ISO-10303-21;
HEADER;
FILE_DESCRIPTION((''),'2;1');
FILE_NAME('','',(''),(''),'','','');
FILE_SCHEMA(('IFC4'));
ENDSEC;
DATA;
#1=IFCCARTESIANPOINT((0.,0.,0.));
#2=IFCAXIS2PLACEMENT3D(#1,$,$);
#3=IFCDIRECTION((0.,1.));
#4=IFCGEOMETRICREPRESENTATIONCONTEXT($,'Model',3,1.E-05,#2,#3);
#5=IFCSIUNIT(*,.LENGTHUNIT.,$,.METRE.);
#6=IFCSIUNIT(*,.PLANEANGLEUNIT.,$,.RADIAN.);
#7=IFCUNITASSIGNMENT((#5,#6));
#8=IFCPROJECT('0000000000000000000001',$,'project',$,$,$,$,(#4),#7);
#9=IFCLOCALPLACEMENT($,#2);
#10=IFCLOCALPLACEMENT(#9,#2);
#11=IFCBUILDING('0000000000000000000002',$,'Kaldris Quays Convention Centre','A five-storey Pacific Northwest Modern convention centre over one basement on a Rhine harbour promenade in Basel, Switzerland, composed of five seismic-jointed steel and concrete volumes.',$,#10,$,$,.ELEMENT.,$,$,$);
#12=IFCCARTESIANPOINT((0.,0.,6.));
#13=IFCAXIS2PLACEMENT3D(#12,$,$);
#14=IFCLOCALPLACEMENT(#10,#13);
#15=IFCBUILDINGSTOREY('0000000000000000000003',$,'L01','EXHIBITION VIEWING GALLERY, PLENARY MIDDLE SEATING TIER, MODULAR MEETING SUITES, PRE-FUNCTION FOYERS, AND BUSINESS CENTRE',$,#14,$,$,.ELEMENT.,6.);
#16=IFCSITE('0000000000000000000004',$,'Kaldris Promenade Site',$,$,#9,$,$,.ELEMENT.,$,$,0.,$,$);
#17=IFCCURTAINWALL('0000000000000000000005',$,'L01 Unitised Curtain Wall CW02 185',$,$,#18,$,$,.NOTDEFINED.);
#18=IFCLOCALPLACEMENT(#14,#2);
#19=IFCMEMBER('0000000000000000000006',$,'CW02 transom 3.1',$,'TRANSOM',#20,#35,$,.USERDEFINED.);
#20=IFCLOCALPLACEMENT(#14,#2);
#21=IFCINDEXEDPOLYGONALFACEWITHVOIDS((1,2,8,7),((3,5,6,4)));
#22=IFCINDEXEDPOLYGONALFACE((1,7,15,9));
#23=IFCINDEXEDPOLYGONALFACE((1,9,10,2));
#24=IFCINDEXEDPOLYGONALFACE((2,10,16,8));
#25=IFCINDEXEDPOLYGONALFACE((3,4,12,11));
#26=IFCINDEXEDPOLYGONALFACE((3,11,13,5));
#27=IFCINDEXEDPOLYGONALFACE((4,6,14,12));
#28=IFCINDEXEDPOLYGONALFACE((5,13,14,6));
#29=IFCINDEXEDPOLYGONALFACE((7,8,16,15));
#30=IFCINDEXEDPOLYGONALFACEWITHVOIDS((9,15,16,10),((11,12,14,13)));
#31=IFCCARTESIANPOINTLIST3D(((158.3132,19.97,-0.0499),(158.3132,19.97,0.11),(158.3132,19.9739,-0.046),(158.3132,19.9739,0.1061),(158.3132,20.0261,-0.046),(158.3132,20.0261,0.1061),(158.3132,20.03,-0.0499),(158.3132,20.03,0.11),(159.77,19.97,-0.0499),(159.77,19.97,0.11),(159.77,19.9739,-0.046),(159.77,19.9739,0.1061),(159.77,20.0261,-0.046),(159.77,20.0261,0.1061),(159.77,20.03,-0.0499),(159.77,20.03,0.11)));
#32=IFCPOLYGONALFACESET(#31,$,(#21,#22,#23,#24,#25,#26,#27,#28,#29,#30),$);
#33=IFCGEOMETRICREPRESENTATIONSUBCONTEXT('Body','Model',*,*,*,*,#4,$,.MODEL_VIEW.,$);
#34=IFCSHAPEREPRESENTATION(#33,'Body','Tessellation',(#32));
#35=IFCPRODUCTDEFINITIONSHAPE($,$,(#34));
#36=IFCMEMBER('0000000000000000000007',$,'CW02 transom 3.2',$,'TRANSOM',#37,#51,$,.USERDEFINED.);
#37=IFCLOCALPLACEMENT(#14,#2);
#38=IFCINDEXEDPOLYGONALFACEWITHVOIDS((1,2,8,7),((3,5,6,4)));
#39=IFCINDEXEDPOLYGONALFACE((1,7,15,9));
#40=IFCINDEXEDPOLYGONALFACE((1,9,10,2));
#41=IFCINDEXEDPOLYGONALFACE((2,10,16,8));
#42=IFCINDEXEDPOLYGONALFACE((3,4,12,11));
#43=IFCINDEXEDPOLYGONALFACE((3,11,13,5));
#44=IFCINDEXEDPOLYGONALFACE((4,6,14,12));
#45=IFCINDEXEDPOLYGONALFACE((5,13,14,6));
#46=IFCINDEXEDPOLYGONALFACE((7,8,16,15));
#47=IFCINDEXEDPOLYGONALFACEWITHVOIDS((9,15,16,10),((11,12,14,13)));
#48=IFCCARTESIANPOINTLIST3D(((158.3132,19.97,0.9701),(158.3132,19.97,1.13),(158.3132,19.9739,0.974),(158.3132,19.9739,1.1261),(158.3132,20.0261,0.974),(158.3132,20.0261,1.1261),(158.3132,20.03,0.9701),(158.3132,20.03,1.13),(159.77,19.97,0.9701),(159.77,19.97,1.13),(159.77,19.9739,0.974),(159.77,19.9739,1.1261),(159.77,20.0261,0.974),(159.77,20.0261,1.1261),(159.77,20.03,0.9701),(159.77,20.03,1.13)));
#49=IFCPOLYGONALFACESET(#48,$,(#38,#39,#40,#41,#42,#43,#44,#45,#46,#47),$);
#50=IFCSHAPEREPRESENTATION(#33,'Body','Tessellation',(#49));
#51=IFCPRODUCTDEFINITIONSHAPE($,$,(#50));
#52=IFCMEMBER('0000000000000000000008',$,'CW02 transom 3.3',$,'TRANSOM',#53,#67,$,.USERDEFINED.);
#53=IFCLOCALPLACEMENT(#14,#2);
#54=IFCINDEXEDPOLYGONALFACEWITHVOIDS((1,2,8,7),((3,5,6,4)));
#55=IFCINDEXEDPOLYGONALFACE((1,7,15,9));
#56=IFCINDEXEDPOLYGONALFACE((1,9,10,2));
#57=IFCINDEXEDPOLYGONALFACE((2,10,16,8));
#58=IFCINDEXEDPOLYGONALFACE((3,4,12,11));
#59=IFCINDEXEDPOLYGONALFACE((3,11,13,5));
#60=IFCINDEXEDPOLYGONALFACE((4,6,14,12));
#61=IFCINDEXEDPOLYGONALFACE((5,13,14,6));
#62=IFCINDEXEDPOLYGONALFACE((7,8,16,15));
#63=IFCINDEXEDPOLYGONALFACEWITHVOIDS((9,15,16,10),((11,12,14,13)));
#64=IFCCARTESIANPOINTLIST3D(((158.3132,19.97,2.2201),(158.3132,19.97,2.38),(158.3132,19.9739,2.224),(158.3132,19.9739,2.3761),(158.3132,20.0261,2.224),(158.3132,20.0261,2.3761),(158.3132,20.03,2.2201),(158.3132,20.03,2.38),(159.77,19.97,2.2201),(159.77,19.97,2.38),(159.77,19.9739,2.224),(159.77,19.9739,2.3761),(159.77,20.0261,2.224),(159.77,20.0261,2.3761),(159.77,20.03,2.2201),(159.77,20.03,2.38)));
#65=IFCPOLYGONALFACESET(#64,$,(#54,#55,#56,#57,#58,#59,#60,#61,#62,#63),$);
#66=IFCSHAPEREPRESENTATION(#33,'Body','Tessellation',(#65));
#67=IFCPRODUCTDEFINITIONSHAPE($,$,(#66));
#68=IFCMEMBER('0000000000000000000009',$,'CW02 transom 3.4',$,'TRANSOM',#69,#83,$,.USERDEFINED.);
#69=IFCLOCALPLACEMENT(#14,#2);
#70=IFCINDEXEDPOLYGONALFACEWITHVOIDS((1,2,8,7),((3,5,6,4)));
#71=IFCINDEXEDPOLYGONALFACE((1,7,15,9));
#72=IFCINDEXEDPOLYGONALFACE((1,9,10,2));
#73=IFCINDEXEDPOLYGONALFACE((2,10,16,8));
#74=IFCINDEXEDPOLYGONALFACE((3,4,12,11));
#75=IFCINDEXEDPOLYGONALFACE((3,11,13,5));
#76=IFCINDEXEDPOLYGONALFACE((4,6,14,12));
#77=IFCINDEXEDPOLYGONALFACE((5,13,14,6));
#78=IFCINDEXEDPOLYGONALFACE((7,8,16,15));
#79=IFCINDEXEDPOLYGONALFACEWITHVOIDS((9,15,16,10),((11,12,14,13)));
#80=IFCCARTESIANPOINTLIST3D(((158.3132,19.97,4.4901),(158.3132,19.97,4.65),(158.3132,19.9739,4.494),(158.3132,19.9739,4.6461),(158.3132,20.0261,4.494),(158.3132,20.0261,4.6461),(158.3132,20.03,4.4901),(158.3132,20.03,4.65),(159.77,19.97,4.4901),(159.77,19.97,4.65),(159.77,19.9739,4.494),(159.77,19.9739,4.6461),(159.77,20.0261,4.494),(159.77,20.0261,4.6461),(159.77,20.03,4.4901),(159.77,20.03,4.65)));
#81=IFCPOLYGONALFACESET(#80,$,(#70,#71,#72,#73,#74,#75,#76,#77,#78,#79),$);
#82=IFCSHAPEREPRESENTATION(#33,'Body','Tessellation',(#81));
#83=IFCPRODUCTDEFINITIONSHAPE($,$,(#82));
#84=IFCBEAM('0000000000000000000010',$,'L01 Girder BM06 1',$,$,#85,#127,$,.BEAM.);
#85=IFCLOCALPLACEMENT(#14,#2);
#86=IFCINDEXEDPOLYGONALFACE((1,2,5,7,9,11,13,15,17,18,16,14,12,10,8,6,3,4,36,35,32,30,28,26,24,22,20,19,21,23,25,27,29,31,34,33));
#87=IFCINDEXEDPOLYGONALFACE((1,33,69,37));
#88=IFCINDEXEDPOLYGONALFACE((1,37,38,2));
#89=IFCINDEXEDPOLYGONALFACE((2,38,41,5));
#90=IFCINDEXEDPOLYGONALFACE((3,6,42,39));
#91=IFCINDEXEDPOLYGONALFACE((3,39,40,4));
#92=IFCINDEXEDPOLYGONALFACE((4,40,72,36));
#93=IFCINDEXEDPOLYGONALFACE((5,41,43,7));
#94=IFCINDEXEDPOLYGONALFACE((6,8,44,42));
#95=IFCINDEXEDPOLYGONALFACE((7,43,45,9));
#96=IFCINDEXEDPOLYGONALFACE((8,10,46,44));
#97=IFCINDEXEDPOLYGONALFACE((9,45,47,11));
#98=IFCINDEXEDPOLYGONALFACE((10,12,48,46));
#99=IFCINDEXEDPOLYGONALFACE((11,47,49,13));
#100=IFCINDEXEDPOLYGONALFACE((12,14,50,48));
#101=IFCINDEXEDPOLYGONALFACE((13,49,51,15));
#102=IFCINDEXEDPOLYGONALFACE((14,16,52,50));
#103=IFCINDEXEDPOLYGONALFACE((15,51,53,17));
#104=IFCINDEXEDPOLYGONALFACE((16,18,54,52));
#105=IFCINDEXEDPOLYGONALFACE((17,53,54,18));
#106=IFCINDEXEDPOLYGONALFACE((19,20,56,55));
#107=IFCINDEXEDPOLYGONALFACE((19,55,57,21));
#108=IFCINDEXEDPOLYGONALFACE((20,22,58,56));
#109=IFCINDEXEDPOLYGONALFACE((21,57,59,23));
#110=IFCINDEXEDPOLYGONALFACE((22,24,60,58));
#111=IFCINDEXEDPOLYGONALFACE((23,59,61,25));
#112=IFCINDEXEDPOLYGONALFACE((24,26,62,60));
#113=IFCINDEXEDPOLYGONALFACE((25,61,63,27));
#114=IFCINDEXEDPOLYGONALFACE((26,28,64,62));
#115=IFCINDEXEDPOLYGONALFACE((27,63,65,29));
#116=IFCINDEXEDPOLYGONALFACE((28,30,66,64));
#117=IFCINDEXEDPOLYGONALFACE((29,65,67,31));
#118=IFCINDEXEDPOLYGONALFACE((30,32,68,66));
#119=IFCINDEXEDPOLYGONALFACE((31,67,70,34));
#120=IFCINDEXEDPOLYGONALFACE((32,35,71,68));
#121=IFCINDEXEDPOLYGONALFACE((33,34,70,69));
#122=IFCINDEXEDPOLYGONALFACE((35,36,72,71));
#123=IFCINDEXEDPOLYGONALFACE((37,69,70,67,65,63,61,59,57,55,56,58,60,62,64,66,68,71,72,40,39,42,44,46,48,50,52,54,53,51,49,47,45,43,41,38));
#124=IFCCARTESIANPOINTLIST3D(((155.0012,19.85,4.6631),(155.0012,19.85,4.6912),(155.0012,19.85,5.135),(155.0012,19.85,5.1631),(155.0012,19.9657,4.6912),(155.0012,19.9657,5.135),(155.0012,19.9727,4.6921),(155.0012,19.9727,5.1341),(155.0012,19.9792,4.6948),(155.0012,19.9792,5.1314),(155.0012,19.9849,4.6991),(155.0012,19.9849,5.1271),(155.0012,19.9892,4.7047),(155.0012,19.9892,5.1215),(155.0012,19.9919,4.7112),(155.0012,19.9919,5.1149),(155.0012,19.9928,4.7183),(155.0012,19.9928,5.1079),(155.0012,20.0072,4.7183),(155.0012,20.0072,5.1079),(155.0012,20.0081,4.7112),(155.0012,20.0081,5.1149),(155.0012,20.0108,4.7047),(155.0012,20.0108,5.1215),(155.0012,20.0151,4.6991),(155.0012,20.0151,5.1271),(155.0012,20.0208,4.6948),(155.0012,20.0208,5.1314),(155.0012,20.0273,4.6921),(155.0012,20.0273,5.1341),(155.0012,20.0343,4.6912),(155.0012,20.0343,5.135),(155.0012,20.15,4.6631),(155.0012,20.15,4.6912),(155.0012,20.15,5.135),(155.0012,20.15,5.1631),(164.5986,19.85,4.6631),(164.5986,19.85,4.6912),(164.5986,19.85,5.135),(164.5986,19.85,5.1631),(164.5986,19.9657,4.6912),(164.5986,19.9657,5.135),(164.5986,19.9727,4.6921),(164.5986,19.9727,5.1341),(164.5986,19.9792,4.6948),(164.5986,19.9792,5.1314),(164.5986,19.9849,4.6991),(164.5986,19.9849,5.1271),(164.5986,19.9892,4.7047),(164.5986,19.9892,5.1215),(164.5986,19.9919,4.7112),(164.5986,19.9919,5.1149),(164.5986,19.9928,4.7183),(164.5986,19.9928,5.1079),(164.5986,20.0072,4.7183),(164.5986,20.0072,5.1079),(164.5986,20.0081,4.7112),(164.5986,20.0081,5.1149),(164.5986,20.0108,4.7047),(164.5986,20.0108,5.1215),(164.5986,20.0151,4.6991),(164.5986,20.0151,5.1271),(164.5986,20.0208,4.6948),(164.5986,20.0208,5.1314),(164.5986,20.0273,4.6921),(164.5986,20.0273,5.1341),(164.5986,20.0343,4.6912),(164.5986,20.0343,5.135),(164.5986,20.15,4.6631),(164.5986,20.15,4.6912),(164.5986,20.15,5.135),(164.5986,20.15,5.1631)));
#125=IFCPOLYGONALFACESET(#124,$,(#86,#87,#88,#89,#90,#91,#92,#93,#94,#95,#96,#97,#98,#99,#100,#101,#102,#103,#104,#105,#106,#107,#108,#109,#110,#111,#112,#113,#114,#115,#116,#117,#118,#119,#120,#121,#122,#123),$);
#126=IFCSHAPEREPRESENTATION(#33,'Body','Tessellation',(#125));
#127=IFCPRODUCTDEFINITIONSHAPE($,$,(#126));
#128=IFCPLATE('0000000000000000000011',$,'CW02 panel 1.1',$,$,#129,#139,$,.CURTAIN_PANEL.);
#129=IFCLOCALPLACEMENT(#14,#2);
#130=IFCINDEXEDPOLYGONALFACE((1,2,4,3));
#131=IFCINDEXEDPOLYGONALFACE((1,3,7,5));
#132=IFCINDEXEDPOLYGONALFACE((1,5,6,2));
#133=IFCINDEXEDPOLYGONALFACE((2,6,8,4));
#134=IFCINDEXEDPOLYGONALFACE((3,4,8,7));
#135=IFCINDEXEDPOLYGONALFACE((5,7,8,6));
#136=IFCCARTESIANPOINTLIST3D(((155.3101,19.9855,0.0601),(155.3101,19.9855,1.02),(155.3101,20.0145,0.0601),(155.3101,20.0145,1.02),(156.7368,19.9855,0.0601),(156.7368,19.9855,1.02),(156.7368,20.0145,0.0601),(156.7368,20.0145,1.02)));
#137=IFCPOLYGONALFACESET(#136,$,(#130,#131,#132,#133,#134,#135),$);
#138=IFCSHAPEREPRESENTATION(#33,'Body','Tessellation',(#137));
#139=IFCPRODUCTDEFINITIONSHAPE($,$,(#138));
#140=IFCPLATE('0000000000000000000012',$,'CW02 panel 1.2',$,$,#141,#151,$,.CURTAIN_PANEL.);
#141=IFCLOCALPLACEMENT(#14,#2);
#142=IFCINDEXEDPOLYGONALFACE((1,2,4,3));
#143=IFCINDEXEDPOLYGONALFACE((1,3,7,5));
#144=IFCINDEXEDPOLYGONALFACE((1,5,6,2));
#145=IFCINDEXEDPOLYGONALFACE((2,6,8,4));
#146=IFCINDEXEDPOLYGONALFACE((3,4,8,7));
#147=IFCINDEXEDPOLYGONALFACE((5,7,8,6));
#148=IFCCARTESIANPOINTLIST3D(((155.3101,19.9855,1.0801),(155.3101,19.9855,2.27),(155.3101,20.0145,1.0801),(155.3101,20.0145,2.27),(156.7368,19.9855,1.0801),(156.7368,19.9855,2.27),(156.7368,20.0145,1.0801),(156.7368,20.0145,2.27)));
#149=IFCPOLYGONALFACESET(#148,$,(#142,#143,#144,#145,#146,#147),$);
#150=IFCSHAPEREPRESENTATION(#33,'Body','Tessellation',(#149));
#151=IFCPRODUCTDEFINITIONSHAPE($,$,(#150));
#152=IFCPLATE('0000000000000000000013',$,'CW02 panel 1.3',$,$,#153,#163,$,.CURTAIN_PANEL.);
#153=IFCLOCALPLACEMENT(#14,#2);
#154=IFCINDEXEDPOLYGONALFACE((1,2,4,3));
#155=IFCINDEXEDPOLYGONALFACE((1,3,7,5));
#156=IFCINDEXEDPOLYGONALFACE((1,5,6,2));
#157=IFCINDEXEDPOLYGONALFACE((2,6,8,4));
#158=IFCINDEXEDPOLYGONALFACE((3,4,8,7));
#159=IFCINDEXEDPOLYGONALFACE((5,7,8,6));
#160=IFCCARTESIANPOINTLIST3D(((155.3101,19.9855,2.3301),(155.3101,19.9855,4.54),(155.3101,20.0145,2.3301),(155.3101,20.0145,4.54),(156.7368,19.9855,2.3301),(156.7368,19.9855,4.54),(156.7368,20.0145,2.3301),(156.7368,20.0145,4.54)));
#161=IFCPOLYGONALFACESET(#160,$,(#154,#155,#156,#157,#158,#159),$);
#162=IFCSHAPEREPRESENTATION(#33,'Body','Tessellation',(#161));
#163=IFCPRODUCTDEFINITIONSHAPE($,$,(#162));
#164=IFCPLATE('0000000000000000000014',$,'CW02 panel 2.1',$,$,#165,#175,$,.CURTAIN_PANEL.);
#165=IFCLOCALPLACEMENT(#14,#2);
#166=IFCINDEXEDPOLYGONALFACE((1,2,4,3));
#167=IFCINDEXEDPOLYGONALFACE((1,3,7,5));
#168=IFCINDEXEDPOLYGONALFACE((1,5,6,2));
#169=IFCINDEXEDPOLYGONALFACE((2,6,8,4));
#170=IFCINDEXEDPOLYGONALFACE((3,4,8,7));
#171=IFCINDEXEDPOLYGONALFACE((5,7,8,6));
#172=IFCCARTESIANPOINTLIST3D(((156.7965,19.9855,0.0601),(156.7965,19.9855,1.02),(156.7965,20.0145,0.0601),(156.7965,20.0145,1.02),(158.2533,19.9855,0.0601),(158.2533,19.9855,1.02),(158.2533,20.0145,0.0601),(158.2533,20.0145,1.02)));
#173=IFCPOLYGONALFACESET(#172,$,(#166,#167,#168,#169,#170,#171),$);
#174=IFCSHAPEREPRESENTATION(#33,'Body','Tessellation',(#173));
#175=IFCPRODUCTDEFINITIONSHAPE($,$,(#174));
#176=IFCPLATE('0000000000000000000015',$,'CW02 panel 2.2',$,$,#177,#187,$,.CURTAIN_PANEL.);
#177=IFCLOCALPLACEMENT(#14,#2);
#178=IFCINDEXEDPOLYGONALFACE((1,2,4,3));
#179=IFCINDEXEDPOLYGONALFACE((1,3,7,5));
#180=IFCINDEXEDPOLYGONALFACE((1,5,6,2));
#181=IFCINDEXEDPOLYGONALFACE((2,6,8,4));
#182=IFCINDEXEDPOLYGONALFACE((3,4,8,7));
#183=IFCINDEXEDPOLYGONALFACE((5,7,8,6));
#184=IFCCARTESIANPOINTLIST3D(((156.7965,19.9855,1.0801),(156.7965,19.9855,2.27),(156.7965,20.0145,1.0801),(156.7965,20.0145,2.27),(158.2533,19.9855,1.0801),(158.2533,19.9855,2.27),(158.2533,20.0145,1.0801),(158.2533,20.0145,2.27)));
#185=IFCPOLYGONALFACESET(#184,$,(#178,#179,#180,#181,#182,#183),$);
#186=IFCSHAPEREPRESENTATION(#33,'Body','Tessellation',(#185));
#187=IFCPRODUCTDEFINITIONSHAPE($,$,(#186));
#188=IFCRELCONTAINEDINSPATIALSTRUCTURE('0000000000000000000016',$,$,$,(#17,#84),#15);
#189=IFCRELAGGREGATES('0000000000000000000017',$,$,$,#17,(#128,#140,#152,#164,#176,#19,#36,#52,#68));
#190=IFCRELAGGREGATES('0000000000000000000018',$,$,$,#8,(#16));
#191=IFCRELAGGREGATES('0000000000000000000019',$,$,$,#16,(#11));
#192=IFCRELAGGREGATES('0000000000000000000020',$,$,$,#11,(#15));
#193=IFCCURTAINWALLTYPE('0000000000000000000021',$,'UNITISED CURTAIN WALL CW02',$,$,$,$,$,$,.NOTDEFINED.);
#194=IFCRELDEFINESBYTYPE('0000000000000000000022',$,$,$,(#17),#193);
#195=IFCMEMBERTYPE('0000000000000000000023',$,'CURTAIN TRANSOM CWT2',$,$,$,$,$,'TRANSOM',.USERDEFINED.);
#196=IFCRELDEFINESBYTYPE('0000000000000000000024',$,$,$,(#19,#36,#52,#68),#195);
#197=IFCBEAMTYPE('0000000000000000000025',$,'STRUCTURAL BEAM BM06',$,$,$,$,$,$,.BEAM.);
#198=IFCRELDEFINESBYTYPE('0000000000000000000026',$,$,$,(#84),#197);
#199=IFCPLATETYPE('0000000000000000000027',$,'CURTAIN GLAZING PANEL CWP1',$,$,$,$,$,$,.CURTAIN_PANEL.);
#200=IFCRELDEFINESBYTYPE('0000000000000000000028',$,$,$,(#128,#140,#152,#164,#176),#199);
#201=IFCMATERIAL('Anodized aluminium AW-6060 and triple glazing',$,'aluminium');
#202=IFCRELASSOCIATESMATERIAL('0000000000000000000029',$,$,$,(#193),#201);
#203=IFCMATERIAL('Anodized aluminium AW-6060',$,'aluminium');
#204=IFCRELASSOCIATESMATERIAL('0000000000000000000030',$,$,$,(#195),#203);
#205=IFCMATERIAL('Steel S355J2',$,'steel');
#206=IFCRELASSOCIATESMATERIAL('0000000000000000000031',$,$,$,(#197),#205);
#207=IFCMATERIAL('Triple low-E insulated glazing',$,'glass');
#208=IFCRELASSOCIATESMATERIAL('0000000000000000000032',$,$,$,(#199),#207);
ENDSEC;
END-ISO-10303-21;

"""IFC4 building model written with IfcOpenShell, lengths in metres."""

from ifc_helpers import new_model, si_unit, direction, frame, origin, origin_2d, place, context, subcontext, project, spatial, rectangle, hollow_rectangle, i_section, extrude, material, material_profile, profile_set, type_object, element, aggregate, save


model = new_model("IFC4")

# Units and contexts
model_context = context("Model", 3, precision=1e-05, world=origin(), true_north=direction((0.0, 1.0)))
body_context = subcontext(model_context, "Body", "Model", "MODEL_VIEW")
ifc_project = project(units=[si_unit("LENGTHUNIT", "METRE"), si_unit("PLANEANGLEUNIT", "RADIAN")], contexts=[model_context])

# Site, building, storey
site_placement = place(None, origin())
site = spatial("IfcSite", under=ifc_project, at=site_placement, Name="Kaldris Promenade Site", CompositionType="ELEMENT", RefElevation=0.0)
building_placement = place(site_placement, origin())
building = spatial("IfcBuilding", under=site, at=building_placement, Name="Kaldris Quays Convention Centre", Description="A five-storey Pacific Northwest Modern convention centre over one basement on a Rhine harbour promenade in Basel, Switzerland, composed of five seismic-jointed steel and concrete volumes.", CompositionType="ELEMENT")
storey_placement = place(building_placement, frame((0.0, 0.0, 6.0)))
storey = spatial("IfcBuildingStorey", under=building, at=storey_placement, Name="L01", Description="EXHIBITION VIEWING GALLERY, PLENARY MIDDLE SEATING TIER, MODULAR MEETING SUITES, PRE-FUNCTION FOYERS, AND BUSINESS CENTRE", CompositionType="ELEMENT", Elevation=6.0)

# Curtain wall, members
ifc_material_1 = material(Name="Anodized aluminium AW-6060 and triple glazing", Category="aluminium")
curtain_wall_type = type_object("IfcCurtainWallType", Name="UNITISED CURTAIN WALL CW02", PredefinedType="NOTDEFINED", material=ifc_material_1)
curtain_wall_placement = place(storey_placement, origin())
curtain_wall = element("IfcCurtainWall", 1, at=curtain_wall_placement, inside=storey, type_object=curtain_wall_type, Name="L01 Unitised Curtain Wall CW02 185", PredefinedType="NOTDEFINED")
ifc_material_2 = material(Name="Anodized aluminium AW-6060", Category="aluminium")
ifc_material_profile_1 = material_profile(ifc_material_2, hollow_rectangle(XDim=0.0601, YDim=0.1599, WallThickness=0.0039, at=origin_2d()), Name="RHS 160x60x4")
ifc_profile_set_1 = profile_set([ifc_material_profile_1], Name="Anodized aluminium AW-6060")
member_type_1 = type_object("IfcMemberType", Name="CURTAIN TRANSOM CWT2", ElementType="TRANSOM", PredefinedType="USERDEFINED", material=ifc_profile_set_1)
member_1_placement = place(storey_placement, frame((158.3132, 20.0, 0.03), z_axis=(1.0, 0.0, 0.0), x_axis=(0.0, 1.0, 0.0)))
member_1 = element("IfcMember", 2, at=member_1_placement, type_object=member_type_1, Name="CW02 transom 3.1", ObjectType="TRANSOM", PredefinedType="USERDEFINED", context=body_context, shape_type="SweptSolid", body=[
    extrude(hollow_rectangle(XDim=0.0601, YDim=0.1599, WallThickness=0.0039, at=origin_2d()), origin(), (0.0, 0.0, 1.0), 1.4568),
])
member_2_placement = place(storey_placement, frame((158.3132, 20.0, 1.05), z_axis=(1.0, 0.0, 0.0), x_axis=(0.0, 1.0, 0.0)))
member_2 = element("IfcMember", 3, at=member_2_placement, type_object=member_type_1, Name="CW02 transom 3.2", ObjectType="TRANSOM", PredefinedType="USERDEFINED", context=body_context, shape_type="SweptSolid", body=[
    extrude(hollow_rectangle(XDim=0.0601, YDim=0.1599, WallThickness=0.0039, at=origin_2d()), origin(), (0.0, 0.0, 1.0), 1.4568),
])
member_3_placement = place(storey_placement, frame((158.3132, 20.0, 2.3), z_axis=(1.0, 0.0, 0.0), x_axis=(0.0, 1.0, 0.0)))
member_3 = element("IfcMember", 4, at=member_3_placement, type_object=member_type_1, Name="CW02 transom 3.3", ObjectType="TRANSOM", PredefinedType="USERDEFINED", context=body_context, shape_type="SweptSolid", body=[
    extrude(hollow_rectangle(XDim=0.0601, YDim=0.1599, WallThickness=0.0039, at=origin_2d()), origin(), (0.0, 0.0, 1.0), 1.4568),
])
member_4_placement = place(storey_placement, frame((158.3132, 20.0, 4.5701), z_axis=(1.0, 0.0, 0.0), x_axis=(0.0, 1.0, 0.0)))
member_4 = element("IfcMember", 5, at=member_4_placement, type_object=member_type_1, Name="CW02 transom 3.4", ObjectType="TRANSOM", PredefinedType="USERDEFINED", context=body_context, shape_type="SweptSolid", body=[
    extrude(hollow_rectangle(XDim=0.0601, YDim=0.1599, WallThickness=0.0039, at=origin_2d()), origin(), (0.0, 0.0, 1.0), 1.4568),
])

# Beam
ifc_material_3 = material(Name="Steel S355J2", Category="steel")
ifc_material_profile_2 = material_profile(ifc_material_3, i_section(OverallWidth=0.3, OverallDepth=0.5, WebThickness=0.0144, FlangeThickness=0.0281, FilletRadius=0.0271, at=origin_2d()), Name="HEB 500")
ifc_profile_set_2 = profile_set([ifc_material_profile_2], Name="Steel S355J2")
beam_type = type_object("IfcBeamType", Name="STRUCTURAL BEAM BM06", PredefinedType="BEAM", material=ifc_profile_set_2)
beam_placement = place(storey_placement, frame((155.0012, 20.0, 4.9131), z_axis=(1.0, 0.0, 0.0), x_axis=(0.0, 1.0, 0.0)))
element("IfcBeam", 6, at=beam_placement, inside=storey, type_object=beam_type, Name="L01 Girder BM06 1", PredefinedType="BEAM", context=body_context, shape_type="SweptSolid", body=[
    extrude(i_section(OverallWidth=0.3, OverallDepth=0.5, WebThickness=0.0144, FlangeThickness=0.0281, FilletRadius=0.0271, at=origin_2d()), origin(), (0.0, 0.0, 1.0), 9.5974),
])

# Plates
ifc_material_4 = material(Name="Triple low-E insulated glazing", Category="glass")
plate_type = type_object("IfcPlateType", Name="CURTAIN GLAZING PANEL CWP1", PredefinedType="CURTAIN_PANEL", material=ifc_material_4)
plate_1_placement = place(storey_placement, frame((156.0234, 20.0, 0.0601), z_axis=(0.0, 0.0, 1.0), x_axis=(1.0, 0.0, 0.0)))
plate_1 = element("IfcPlate", 7, at=plate_1_placement, type_object=plate_type, Name="CW02 panel 1.1", PredefinedType="CURTAIN_PANEL", context=body_context, shape_type="SweptSolid", body=[
    extrude(rectangle(XDim=1.4268, YDim=0.0291, at=origin_2d()), origin(), (0.0, 0.0, 1.0), 0.96),
])
plate_2_placement = place(storey_placement, frame((156.0234, 20.0, 1.0801), z_axis=(0.0, 0.0, 1.0), x_axis=(1.0, 0.0, 0.0)))
plate_2 = element("IfcPlate", 8, at=plate_2_placement, type_object=plate_type, Name="CW02 panel 1.2", PredefinedType="CURTAIN_PANEL", context=body_context, shape_type="SweptSolid", body=[
    extrude(rectangle(XDim=1.4268, YDim=0.0291, at=origin_2d()), origin(), (0.0, 0.0, 1.0), 1.1899),
])
plate_3_placement = place(storey_placement, frame((156.0234, 20.0, 2.3301), z_axis=(0.0, 0.0, 1.0), x_axis=(1.0, 0.0, 0.0)))
plate_3 = element("IfcPlate", 9, at=plate_3_placement, type_object=plate_type, Name="CW02 panel 1.3", PredefinedType="CURTAIN_PANEL", context=body_context, shape_type="SweptSolid", body=[
    extrude(rectangle(XDim=1.4268, YDim=0.0291, at=origin_2d()), origin(), (0.0, 0.0, 1.0), 2.21),
])
plate_4_placement = place(storey_placement, frame((157.5249, 20.0, 0.0601), z_axis=(0.0, 0.0, 1.0), x_axis=(1.0, 0.0, 0.0)))
plate_4 = element("IfcPlate", 10, at=plate_4_placement, type_object=plate_type, Name="CW02 panel 2.1", PredefinedType="CURTAIN_PANEL", context=body_context, shape_type="SweptSolid", body=[
    extrude(rectangle(XDim=1.4568, YDim=0.0291, at=origin_2d()), origin(), (0.0, 0.0, 1.0), 0.96),
])
plate_5_placement = place(storey_placement, frame((157.5249, 20.0, 1.0801), z_axis=(0.0, 0.0, 1.0), x_axis=(1.0, 0.0, 0.0)))
plate_5 = element("IfcPlate", 11, at=plate_5_placement, type_object=plate_type, Name="CW02 panel 2.2", PredefinedType="CURTAIN_PANEL", context=body_context, shape_type="SweptSolid", body=[
    extrude(rectangle(XDim=1.4568, YDim=0.0291, at=origin_2d()), origin(), (0.0, 0.0, 1.0), 1.1899),
])
aggregate(curtain_wall, [plate_1, plate_2, plate_3, plate_4, plate_5, member_1, member_2, member_3, member_4])

save(model, "model.ifc")
